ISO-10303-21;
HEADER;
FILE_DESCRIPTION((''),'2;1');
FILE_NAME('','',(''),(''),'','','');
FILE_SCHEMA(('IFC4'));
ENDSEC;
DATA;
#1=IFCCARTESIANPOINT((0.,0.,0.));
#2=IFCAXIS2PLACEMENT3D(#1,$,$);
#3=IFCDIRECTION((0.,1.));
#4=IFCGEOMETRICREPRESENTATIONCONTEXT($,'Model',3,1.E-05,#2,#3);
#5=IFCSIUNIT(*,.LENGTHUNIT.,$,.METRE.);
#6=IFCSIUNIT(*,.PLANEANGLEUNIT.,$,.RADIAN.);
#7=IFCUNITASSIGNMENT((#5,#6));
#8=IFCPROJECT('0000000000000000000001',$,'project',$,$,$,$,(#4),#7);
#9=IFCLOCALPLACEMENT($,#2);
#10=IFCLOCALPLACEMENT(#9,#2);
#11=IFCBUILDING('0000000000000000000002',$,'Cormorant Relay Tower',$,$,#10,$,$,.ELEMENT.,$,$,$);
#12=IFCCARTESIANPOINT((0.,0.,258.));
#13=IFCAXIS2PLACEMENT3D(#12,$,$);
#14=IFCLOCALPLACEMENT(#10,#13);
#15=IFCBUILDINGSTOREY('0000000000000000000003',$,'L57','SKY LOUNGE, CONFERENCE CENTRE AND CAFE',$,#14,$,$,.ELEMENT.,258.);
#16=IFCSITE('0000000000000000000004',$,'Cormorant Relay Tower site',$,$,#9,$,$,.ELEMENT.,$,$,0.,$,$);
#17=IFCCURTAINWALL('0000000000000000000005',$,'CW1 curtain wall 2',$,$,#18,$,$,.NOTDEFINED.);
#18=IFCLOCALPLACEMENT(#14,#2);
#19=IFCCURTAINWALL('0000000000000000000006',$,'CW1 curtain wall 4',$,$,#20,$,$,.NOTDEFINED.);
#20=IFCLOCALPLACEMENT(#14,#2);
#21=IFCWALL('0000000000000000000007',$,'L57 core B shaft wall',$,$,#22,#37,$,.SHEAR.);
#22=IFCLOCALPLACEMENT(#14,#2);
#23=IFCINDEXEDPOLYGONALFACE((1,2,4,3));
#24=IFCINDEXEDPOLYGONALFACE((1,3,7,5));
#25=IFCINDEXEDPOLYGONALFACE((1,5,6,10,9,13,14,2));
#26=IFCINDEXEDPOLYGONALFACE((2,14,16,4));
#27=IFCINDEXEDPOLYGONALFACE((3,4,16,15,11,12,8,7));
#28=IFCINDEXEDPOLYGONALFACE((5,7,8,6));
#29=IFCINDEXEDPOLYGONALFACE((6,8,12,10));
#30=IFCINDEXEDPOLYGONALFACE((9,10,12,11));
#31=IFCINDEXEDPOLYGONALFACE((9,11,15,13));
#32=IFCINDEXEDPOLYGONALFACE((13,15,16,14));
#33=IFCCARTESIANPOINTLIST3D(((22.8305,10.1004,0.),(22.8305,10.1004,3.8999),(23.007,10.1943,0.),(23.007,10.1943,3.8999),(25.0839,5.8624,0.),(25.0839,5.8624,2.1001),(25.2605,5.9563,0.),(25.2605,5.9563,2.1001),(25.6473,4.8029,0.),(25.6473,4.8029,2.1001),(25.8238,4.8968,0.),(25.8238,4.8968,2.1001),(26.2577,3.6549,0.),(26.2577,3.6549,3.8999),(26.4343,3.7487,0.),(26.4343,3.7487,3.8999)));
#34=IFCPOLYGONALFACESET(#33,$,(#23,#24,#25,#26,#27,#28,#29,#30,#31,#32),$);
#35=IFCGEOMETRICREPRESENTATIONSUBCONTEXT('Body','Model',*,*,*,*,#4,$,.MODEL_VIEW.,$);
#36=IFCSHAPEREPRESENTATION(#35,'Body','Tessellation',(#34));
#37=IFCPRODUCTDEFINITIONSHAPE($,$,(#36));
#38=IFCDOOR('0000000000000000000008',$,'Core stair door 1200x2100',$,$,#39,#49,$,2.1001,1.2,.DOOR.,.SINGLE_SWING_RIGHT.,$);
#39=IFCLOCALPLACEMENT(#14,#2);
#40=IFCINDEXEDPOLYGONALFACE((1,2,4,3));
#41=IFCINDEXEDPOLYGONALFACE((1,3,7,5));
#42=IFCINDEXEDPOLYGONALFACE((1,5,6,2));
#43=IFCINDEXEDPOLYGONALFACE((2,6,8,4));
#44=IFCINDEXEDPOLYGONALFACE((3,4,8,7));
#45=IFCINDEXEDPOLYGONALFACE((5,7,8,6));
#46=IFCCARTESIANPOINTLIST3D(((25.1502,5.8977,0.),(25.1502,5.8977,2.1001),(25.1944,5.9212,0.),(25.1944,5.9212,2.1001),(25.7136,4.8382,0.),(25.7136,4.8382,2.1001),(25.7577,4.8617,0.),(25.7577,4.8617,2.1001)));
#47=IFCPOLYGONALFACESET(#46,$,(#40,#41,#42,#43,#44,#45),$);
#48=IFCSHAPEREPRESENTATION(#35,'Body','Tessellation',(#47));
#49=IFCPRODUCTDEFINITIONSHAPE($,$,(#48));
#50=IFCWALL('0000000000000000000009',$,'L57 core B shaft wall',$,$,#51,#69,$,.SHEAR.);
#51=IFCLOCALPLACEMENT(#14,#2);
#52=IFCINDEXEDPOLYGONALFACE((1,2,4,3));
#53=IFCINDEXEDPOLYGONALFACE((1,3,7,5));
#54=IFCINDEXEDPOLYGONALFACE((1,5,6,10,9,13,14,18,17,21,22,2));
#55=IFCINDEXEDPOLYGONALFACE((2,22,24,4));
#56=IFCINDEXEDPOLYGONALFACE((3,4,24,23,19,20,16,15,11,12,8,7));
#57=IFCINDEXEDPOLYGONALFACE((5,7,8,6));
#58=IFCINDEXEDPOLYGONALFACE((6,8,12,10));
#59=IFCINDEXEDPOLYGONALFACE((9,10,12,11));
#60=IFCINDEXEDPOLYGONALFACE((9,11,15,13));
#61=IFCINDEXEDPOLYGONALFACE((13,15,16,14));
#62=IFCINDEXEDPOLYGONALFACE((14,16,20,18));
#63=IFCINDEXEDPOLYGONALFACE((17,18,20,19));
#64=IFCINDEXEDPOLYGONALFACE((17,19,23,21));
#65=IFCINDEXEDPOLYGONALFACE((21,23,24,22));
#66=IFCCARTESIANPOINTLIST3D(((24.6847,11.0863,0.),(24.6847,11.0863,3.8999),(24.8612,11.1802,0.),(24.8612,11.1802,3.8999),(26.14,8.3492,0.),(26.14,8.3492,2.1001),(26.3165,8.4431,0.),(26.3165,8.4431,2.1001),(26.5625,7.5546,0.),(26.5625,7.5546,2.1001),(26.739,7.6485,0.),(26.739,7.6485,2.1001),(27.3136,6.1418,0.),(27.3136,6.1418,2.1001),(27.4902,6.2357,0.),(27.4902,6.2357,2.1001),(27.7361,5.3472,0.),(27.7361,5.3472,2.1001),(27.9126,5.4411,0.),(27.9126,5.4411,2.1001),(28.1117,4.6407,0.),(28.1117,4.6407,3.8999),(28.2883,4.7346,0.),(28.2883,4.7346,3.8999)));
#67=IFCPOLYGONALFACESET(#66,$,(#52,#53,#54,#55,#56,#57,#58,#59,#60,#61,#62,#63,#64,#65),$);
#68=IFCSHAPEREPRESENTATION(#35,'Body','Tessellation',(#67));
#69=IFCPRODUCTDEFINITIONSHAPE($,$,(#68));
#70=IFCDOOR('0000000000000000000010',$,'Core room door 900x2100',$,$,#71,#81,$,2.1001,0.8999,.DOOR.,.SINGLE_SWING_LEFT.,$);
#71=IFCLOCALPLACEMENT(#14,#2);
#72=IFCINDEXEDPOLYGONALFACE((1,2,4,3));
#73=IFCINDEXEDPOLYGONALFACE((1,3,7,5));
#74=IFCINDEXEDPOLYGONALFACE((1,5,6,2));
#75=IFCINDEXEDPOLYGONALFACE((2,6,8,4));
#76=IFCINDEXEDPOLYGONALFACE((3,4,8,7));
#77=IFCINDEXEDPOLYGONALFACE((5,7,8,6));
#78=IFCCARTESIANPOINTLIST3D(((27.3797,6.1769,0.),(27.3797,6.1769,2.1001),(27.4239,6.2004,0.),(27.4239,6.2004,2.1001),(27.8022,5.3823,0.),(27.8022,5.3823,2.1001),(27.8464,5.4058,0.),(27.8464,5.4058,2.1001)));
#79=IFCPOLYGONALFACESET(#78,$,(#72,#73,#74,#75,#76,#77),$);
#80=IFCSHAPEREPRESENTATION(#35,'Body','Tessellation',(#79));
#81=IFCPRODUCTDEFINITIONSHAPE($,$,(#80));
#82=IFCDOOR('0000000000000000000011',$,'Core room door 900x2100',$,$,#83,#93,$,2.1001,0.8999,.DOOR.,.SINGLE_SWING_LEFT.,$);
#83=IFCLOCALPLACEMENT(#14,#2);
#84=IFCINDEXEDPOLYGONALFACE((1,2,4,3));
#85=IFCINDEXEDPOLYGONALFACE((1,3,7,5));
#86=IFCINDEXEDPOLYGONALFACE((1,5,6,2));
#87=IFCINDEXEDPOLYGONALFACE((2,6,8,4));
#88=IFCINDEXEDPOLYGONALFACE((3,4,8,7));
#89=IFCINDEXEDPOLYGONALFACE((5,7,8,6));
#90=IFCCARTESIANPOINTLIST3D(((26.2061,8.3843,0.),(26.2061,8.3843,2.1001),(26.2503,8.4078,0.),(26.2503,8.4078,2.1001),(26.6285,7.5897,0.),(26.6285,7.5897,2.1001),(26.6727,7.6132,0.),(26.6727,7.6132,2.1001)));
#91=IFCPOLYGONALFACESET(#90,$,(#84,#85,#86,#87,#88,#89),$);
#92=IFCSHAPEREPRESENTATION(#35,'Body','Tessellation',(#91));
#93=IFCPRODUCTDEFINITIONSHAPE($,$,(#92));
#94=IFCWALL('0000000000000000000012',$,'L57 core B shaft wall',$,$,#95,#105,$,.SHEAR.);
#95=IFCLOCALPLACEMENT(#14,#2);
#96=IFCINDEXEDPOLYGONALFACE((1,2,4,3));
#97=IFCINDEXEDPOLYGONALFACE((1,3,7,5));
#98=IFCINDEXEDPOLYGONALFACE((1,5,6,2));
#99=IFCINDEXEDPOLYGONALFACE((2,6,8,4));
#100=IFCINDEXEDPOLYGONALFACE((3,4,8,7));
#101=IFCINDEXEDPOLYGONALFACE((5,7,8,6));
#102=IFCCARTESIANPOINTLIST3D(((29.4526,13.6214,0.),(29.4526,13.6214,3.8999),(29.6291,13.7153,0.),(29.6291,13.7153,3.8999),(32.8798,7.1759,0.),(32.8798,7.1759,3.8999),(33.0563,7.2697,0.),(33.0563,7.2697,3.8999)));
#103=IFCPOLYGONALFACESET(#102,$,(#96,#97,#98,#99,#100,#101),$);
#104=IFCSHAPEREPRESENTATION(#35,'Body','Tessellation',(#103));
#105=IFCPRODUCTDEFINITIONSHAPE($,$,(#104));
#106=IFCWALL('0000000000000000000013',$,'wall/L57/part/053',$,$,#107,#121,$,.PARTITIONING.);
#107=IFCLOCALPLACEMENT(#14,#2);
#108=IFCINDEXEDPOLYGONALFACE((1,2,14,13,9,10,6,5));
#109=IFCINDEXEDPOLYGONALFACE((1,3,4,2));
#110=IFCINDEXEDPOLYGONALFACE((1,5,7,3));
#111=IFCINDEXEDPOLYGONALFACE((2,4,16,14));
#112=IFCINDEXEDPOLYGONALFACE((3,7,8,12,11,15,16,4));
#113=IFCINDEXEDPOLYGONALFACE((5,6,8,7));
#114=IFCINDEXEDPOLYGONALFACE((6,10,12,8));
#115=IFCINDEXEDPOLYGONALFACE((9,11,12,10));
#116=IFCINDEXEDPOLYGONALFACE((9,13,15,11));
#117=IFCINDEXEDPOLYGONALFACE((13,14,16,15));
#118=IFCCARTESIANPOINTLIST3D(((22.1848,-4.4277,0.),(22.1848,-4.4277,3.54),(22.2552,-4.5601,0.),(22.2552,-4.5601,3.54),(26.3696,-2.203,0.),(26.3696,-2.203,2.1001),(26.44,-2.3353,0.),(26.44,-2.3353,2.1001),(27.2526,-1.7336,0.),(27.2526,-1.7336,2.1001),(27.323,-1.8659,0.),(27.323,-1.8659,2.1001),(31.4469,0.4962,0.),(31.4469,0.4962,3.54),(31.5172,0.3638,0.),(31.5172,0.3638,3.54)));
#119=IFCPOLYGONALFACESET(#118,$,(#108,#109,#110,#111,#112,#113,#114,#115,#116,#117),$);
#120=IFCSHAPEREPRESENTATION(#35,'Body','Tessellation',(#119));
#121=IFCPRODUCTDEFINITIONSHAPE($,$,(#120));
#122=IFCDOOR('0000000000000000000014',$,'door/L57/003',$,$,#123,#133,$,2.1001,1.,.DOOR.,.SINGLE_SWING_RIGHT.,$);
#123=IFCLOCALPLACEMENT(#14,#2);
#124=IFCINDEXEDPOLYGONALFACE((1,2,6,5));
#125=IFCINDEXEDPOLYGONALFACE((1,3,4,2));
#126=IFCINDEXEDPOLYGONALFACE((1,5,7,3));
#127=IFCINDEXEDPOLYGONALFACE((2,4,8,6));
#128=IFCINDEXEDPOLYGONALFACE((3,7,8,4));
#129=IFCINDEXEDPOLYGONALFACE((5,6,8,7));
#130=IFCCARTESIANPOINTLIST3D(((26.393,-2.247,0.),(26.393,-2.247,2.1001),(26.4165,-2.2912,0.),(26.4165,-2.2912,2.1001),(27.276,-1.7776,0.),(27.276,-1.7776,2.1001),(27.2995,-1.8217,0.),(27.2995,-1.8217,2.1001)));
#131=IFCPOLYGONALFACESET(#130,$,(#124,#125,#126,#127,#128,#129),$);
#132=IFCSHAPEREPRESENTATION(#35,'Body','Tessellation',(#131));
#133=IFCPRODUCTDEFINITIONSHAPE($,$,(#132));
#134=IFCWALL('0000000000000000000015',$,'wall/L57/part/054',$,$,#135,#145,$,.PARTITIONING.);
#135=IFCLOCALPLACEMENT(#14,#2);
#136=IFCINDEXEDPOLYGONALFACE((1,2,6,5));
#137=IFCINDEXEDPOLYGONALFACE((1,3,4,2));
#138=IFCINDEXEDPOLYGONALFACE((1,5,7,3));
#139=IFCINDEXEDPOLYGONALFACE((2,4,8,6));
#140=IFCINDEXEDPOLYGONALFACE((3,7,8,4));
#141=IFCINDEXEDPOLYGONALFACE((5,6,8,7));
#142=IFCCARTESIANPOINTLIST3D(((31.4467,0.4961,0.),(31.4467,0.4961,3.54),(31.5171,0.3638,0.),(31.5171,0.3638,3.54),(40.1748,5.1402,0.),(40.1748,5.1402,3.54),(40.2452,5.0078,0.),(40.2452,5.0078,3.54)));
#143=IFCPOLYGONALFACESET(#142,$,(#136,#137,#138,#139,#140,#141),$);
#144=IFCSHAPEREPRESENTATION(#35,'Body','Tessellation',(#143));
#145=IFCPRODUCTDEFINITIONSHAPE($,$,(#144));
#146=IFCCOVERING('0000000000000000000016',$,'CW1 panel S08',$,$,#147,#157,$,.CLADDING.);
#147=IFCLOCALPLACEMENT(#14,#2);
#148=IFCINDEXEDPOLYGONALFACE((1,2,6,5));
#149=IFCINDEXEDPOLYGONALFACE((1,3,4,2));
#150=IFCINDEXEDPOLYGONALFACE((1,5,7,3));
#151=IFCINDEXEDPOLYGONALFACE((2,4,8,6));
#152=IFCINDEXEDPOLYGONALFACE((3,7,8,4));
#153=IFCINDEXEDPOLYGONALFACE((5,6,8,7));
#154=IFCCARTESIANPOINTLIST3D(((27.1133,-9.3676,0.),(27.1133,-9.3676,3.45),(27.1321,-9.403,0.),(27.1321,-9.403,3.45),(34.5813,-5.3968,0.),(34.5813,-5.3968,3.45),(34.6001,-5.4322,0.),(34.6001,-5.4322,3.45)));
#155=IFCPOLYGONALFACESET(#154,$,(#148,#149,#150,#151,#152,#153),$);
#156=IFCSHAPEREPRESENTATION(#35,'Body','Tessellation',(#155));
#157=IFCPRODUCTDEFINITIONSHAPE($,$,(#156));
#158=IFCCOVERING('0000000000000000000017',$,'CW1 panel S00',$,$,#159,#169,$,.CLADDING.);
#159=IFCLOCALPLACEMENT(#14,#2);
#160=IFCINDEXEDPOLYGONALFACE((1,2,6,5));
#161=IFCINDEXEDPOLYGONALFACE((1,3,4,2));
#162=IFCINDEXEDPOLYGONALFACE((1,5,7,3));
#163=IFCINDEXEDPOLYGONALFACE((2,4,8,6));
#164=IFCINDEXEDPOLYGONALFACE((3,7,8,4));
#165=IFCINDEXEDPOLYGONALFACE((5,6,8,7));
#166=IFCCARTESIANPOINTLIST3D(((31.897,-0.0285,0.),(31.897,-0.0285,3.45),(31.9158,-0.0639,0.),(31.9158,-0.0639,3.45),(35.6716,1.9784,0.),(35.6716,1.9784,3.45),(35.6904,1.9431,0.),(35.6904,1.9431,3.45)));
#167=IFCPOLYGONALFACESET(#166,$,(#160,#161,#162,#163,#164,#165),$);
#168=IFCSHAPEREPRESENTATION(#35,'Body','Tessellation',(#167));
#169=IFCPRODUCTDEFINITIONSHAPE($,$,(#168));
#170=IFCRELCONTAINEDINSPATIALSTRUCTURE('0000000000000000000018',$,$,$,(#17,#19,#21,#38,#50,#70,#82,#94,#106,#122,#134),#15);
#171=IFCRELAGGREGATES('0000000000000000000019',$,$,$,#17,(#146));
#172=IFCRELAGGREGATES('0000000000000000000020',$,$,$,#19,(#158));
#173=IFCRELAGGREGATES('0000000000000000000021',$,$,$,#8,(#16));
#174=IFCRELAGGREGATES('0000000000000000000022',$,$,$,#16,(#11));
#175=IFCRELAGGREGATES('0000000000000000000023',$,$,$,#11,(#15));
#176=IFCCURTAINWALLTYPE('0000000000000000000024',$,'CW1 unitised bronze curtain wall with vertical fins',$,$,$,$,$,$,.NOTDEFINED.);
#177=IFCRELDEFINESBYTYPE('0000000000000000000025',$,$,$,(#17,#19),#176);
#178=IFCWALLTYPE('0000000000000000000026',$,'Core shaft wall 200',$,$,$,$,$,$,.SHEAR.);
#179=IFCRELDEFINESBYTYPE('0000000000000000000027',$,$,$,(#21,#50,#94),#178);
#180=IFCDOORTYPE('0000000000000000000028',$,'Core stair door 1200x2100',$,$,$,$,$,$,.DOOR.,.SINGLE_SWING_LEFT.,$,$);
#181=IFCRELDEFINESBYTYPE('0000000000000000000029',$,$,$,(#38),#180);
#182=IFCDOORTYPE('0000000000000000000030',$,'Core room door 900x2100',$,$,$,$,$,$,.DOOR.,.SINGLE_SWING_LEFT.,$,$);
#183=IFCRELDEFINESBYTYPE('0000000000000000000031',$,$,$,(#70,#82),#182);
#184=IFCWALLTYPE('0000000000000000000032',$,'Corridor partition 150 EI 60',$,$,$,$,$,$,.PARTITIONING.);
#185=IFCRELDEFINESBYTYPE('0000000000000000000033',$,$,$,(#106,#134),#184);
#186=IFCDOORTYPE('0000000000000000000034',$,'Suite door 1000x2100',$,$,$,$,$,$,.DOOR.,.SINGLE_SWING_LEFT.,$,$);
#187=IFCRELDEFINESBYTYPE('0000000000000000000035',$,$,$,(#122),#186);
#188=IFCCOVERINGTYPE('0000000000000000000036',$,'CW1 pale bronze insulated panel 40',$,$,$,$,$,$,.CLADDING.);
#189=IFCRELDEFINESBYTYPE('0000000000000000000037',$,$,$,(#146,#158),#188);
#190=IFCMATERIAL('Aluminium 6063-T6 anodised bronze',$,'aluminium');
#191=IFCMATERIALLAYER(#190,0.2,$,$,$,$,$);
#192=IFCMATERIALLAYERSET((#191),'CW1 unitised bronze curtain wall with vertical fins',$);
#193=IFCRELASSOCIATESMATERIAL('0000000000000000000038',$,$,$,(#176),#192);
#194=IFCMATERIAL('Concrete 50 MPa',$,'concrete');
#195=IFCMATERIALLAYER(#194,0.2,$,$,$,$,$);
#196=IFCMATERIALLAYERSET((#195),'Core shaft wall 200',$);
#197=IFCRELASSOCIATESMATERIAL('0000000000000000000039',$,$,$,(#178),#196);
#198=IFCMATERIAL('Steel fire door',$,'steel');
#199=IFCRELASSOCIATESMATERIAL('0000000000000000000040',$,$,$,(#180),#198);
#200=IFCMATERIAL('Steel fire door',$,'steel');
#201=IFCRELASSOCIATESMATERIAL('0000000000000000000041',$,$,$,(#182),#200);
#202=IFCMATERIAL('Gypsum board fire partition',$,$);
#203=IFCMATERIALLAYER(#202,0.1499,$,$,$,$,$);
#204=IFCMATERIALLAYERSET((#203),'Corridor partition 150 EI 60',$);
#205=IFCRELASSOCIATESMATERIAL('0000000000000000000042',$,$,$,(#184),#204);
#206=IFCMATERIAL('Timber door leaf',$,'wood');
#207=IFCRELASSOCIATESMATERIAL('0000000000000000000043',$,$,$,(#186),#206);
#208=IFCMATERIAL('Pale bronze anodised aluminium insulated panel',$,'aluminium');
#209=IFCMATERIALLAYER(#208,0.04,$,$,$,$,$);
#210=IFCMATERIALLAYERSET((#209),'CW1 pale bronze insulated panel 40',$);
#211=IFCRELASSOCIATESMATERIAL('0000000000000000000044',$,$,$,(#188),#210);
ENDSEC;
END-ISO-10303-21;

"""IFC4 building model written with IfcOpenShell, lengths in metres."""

from ifc_helpers import new_model, si_unit, direction, frame, frame_2d, origin, origin_2d, place, context, subcontext, project, spatial, rectangle, extrude, material, layer, layer_set, type_object, element, fill, aggregate, save


model = new_model("IFC4")

# Units and contexts
model_context = context("Model", 3, precision=1e-05, world=origin(), true_north=direction((0.0, 1.0)))
body_context = subcontext(model_context, "Body", "Model", "MODEL_VIEW")
ifc_project = project(units=[si_unit("LENGTHUNIT", "METRE"), si_unit("PLANEANGLEUNIT", "RADIAN")], contexts=[model_context])

# Site, building, storey
site_placement = place(None, origin())
site = spatial("IfcSite", under=ifc_project, at=site_placement, Name="Cormorant Relay Tower site", CompositionType="ELEMENT", RefElevation=0.0)
building_placement = place(site_placement, origin())
building = spatial("IfcBuilding", under=site, at=building_placement, Name="Cormorant Relay Tower", CompositionType="ELEMENT")
storey_placement = place(building_placement, frame((0.0, 0.0, 258.0)))
storey = spatial("IfcBuildingStorey", under=building, at=storey_placement, Name="L57", Description="SKY LOUNGE, CONFERENCE CENTRE AND CAFE", CompositionType="ELEMENT", Elevation=258.0)

# Curtain wall
ifc_material_1 = material(Name="Aluminium 6063-T6 anodised bronze", Category="aluminium")
ifc_layer_1 = layer(ifc_material_1, 0.2)
ifc_layer_set_1 = layer_set([ifc_layer_1], Name="CW1 unitised bronze curtain wall with vertical fins")
curtain_wall_type = type_object("IfcCurtainWallType", Name="CW1 unitised bronze curtain wall with vertical fins", PredefinedType="NOTDEFINED", material=ifc_layer_set_1)
curtain_wall_1_placement = place(storey_placement, origin())
curtain_wall_1 = element("IfcCurtainWall", 1, at=curtain_wall_1_placement, inside=storey, type_object=curtain_wall_type, Name="CW1 curtain wall 2", PredefinedType="NOTDEFINED")

# Curtain wall
curtain_wall_2_placement = place(storey_placement, origin())
curtain_wall_2 = element("IfcCurtainWall", 2, at=curtain_wall_2_placement, inside=storey, type_object=curtain_wall_type, Name="CW1 curtain wall 4", PredefinedType="NOTDEFINED")

# Wall, opening, door
ifc_material_2 = material(Name="Concrete 50 MPa", Category="concrete")
ifc_layer_2 = layer(ifc_material_2, 0.2)
ifc_layer_set_2 = layer_set([ifc_layer_2], Name="Core shaft wall 200")
wall_type_1 = type_object("IfcWallType", Name="Core shaft wall 200", PredefinedType="SHEAR", material=ifc_layer_set_2)
wall_1_placement = place(storey_placement, frame((26.3459, 3.7019, 0.0), z_axis=(0.0, 0.0, 1.0), x_axis=(-0.46948, 0.882943, 0.0)))
wall_1 = element("IfcWall", 3, at=wall_1_placement, inside=storey, type_object=wall_type_1, Name="L57 core B shaft wall", PredefinedType="SHEAR", context=body_context, shape_type="SweptSolid", body=[
    extrude(rectangle(XDim=7.3, YDim=0.2, at=frame_2d((3.6499, 0.0))), origin(), (0.0, 0.0, 1.0), 3.8999),
])
opening_1_placement = place(wall_1_placement, frame((1.3, 0.0, 0.0)))
opening_1 = element("IfcOpeningElement", 4, at=opening_1_placement, cuts=wall_1, PredefinedType="OPENING", context=body_context, shape_type="SweptSolid", body=[
    extrude(rectangle(XDim=1.2, YDim=2.1001, at=frame_2d((0.6001, 1.05))), frame((0.0, 0.1099, 0.0), z_axis=(0.0, -1.0, 0.0), x_axis=(1.0, 0.0, 0.0)), (0.0, 0.0, 1.0), 0.22),
])
ifc_material_3 = material(Name="Steel fire door", Category="steel")
door_type_1 = type_object("IfcDoorType", Name="Core stair door 1200x2100", OperationType="SINGLE_SWING_LEFT", PredefinedType="DOOR", material=ifc_material_3)
door_1_placement = place(opening_1_placement, origin())
door_1 = element("IfcDoor", 5, at=door_1_placement, inside=storey, type_object=door_type_1, Name="Core stair door 1200x2100", OperationType="SINGLE_SWING_RIGHT", OverallHeight=2.1001, OverallWidth=1.2, PredefinedType="DOOR", context=body_context, shape_type="SweptSolid", body=[
    extrude(rectangle(XDim=1.2, YDim=2.1001, at=frame_2d((0.6001, 1.05))), frame((0.0, 0.0249, 0.0), z_axis=(0.0, -1.0, 0.0), x_axis=(1.0, 0.0, 0.0)), (0.0, 0.0, 1.0), 0.05),
])
fill(opening_1, door_1)

# Wall, openings, doors
wall_2_placement = place(storey_placement, frame((28.2, 4.6877, 0.0), z_axis=(0.0, 0.0, 1.0), x_axis=(-0.469454, 0.882957, 0.0)))
wall_2 = element("IfcWall", 6, at=wall_2_placement, inside=storey, type_object=wall_type_1, Name="L57 core B shaft wall", PredefinedType="SHEAR", context=body_context, shape_type="SweptSolid", body=[
    extrude(rectangle(XDim=7.3, YDim=0.2, at=frame_2d((3.6499, 0.0))), origin(), (0.0, 0.0, 1.0), 3.8999),
])
opening_2_placement = place(wall_2_placement, frame((0.8, 0.0, 0.0)))
opening_2 = element("IfcOpeningElement", 7, at=opening_2_placement, cuts=wall_2, PredefinedType="OPENING", context=body_context, shape_type="SweptSolid", body=[
    extrude(rectangle(XDim=0.8999, YDim=2.1001, at=frame_2d((0.45, 1.05))), frame((0.0, 0.1099, 0.0), z_axis=(0.0, -1.0, 0.0), x_axis=(1.0, 0.0, 0.0)), (0.0, 0.0, 1.0), 0.22),
])
opening_3_placement = place(wall_2_placement, frame((3.3, 0.0, 0.0)))
opening_3 = element("IfcOpeningElement", 8, at=opening_3_placement, cuts=wall_2, PredefinedType="OPENING", context=body_context, shape_type="SweptSolid", body=[
    extrude(rectangle(XDim=0.8999, YDim=2.1001, at=frame_2d((0.45, 1.05))), frame((0.0, 0.1099, 0.0), z_axis=(0.0, -1.0, 0.0), x_axis=(1.0, 0.0, 0.0)), (0.0, 0.0, 1.0), 0.22),
])
ifc_material_4 = material(Name="Steel fire door", Category="steel")
door_type_2 = type_object("IfcDoorType", Name="Core room door 900x2100", OperationType="SINGLE_SWING_LEFT", PredefinedType="DOOR", material=ifc_material_4)
door_2_placement = place(opening_2_placement, frame((0.8999, 0.0, 0.0), z_axis=(0.0, 0.0, 1.0), x_axis=(-1.0, 0.0, 0.0)))
door_2 = element("IfcDoor", 9, at=door_2_placement, inside=storey, type_object=door_type_2, Name="Core room door 900x2100", OperationType="SINGLE_SWING_LEFT", OverallHeight=2.1001, OverallWidth=0.8999, PredefinedType="DOOR", context=body_context, shape_type="SweptSolid", body=[
    extrude(rectangle(XDim=0.8999, YDim=2.1001, at=frame_2d((0.45, 1.05))), frame((0.0, 0.0249, 0.0), z_axis=(0.0, -1.0, 0.0), x_axis=(1.0, 0.0, 0.0)), (0.0, 0.0, 1.0), 0.05),
])
fill(opening_2, door_2)
door_3_placement = place(opening_3_placement, frame((0.8999, 0.0, 0.0), z_axis=(0.0, 0.0, 1.0), x_axis=(-1.0, 0.0, 0.0)))
door_3 = element("IfcDoor", 10, at=door_3_placement, inside=storey, type_object=door_type_2, Name="Core room door 900x2100", OperationType="SINGLE_SWING_LEFT", OverallHeight=2.1001, OverallWidth=0.8999, PredefinedType="DOOR", context=body_context, shape_type="SweptSolid", body=[
    extrude(rectangle(XDim=0.8999, YDim=2.1001, at=frame_2d((0.45, 1.05))), frame((0.0, 0.0249, 0.0), z_axis=(0.0, -1.0, 0.0), x_axis=(1.0, 0.0, 0.0)), (0.0, 0.0, 1.0), 0.05),
])
fill(opening_3, door_3)

# Wall
wall_3_placement = place(storey_placement, frame((32.968, 7.2229, 0.0), z_axis=(0.0, 0.0, 1.0), x_axis=(-0.46948, 0.882943, 0.0)))
element("IfcWall", 11, at=wall_3_placement, inside=storey, type_object=wall_type_1, Name="L57 core B shaft wall", PredefinedType="SHEAR", context=body_context, shape_type="SweptSolid", body=[
    extrude(rectangle(XDim=7.3, YDim=0.2, at=frame_2d((3.6499, 0.0))), origin(), (0.0, 0.0, 1.0), 3.8999),
])

# Wall, opening, door
ifc_material_5 = material(Name="Gypsum board fire partition")
ifc_layer_3 = layer(ifc_material_5, 0.1499)
ifc_layer_set_3 = layer_set([ifc_layer_3], Name="Corridor partition 150 EI 60")
wall_type_2 = type_object("IfcWallType", Name="Corridor partition 150 EI 60", PredefinedType="PARTITIONING", material=ifc_layer_set_3)
wall_4_placement = place(storey_placement, frame((31.4819, 0.4299, 0.0), z_axis=(0.0, 0.0, 1.0), x_axis=(-0.882981, -0.469409, 0.0)))
wall_4 = element("IfcWall", 12, at=wall_4_placement, inside=storey, type_object=wall_type_2, Name="wall/L57/part/053", PredefinedType="PARTITIONING", context=body_context, shape_type="SweptSolid", body=[
    extrude(rectangle(XDim=10.4895, YDim=0.1499, at=frame_2d((5.2446, 0.0))), origin(), (0.0, 0.0, 1.0), 3.54),
])
opening_4_placement = place(wall_4_placement, frame((4.75, 0.0, 0.0)))
opening_4 = element("IfcOpeningElement", 13, at=opening_4_placement, cuts=wall_4, PredefinedType="OPENING", context=body_context, shape_type="SweptSolid", body=[
    extrude(rectangle(XDim=1.0, YDim=2.1001, at=frame_2d((0.5, 1.05))), frame((0.0, 0.085, 0.0), z_axis=(0.0, -1.0, 0.0), x_axis=(1.0, 0.0, 0.0)), (0.0, 0.0, 1.0), 0.1699),
])
ifc_material_6 = material(Name="Timber door leaf", Category="wood")
door_type_3 = type_object("IfcDoorType", Name="Suite door 1000x2100", OperationType="SINGLE_SWING_LEFT", PredefinedType="DOOR", material=ifc_material_6)
door_4_placement = place(opening_4_placement, origin())
door_4 = element("IfcDoor", 14, at=door_4_placement, inside=storey, type_object=door_type_3, Name="door/L57/003", OperationType="SINGLE_SWING_RIGHT", OverallHeight=2.1001, OverallWidth=1.0, PredefinedType="DOOR", context=body_context, shape_type="SweptSolid", body=[
    extrude(rectangle(XDim=1.0, YDim=2.1001, at=frame_2d((0.5, 1.05))), frame((0.0, 0.0249, 0.0), z_axis=(0.0, -1.0, 0.0), x_axis=(1.0, 0.0, 0.0)), (0.0, 0.0, 1.0), 0.05),
])
fill(opening_4, door_4)

# Wall
wall_5_placement = place(storey_placement, frame((31.4819, 0.4299, 0.0), z_axis=(0.0, 0.0, 1.0), x_axis=(0.882811, 0.469729, 0.0)))
element("IfcWall", 15, at=wall_5_placement, inside=storey, type_object=wall_type_2, Name="wall/L57/part/054", PredefinedType="PARTITIONING", context=body_context, shape_type="SweptSolid", body=[
    extrude(rectangle(XDim=9.8867, YDim=0.1499, at=frame_2d((4.9434, 0.0))), origin(), (0.0, 0.0, 1.0), 3.54),
])

# Coverings
ifc_material_7 = material(Name="Pale bronze anodised aluminium insulated panel", Category="aluminium")
ifc_layer_4 = layer(ifc_material_7, 0.04)
ifc_layer_set_4 = layer_set([ifc_layer_4], Name="CW1 pale bronze insulated panel 40")
covering_type = type_object("IfcCoveringType", Name="CW1 pale bronze insulated panel 40", PredefinedType="CLADDING", material=ifc_layer_set_4)
covering_1_placement = place(storey_placement, frame((30.8567, -7.3999, 0.0), z_axis=(0.0, 0.0, 1.0), x_axis=(0.882948, 0.469472, 0.0)))
covering_1 = element("IfcCovering", 16, at=covering_1_placement, type_object=covering_type, Name="CW1 panel S08", PredefinedType="CLADDING", context=body_context, shape_type="SweptSolid", body=[
    extrude(rectangle(XDim=8.458, YDim=0.04, at=origin_2d()), origin(), (0.0, 0.0, 1.0), 3.45),
])
aggregate(curtain_wall_1, [covering_1])
covering_2_placement = place(storey_placement, frame((33.7937, 0.9573, 0.0), z_axis=(0.0, 0.0, 1.0), x_axis=(0.882948, 0.469472, 0.0)))
covering_2 = element("IfcCovering", 17, at=covering_2_placement, type_object=covering_type, Name="CW1 panel S00", PredefinedType="CLADDING", context=body_context, shape_type="SweptSolid", body=[
    extrude(rectangle(XDim=4.2749, YDim=0.04, at=origin_2d()), origin(), (0.0, 0.0, 1.0), 3.45),
])
aggregate(curtain_wall_2, [covering_2])

save(model, "model.ifc")
